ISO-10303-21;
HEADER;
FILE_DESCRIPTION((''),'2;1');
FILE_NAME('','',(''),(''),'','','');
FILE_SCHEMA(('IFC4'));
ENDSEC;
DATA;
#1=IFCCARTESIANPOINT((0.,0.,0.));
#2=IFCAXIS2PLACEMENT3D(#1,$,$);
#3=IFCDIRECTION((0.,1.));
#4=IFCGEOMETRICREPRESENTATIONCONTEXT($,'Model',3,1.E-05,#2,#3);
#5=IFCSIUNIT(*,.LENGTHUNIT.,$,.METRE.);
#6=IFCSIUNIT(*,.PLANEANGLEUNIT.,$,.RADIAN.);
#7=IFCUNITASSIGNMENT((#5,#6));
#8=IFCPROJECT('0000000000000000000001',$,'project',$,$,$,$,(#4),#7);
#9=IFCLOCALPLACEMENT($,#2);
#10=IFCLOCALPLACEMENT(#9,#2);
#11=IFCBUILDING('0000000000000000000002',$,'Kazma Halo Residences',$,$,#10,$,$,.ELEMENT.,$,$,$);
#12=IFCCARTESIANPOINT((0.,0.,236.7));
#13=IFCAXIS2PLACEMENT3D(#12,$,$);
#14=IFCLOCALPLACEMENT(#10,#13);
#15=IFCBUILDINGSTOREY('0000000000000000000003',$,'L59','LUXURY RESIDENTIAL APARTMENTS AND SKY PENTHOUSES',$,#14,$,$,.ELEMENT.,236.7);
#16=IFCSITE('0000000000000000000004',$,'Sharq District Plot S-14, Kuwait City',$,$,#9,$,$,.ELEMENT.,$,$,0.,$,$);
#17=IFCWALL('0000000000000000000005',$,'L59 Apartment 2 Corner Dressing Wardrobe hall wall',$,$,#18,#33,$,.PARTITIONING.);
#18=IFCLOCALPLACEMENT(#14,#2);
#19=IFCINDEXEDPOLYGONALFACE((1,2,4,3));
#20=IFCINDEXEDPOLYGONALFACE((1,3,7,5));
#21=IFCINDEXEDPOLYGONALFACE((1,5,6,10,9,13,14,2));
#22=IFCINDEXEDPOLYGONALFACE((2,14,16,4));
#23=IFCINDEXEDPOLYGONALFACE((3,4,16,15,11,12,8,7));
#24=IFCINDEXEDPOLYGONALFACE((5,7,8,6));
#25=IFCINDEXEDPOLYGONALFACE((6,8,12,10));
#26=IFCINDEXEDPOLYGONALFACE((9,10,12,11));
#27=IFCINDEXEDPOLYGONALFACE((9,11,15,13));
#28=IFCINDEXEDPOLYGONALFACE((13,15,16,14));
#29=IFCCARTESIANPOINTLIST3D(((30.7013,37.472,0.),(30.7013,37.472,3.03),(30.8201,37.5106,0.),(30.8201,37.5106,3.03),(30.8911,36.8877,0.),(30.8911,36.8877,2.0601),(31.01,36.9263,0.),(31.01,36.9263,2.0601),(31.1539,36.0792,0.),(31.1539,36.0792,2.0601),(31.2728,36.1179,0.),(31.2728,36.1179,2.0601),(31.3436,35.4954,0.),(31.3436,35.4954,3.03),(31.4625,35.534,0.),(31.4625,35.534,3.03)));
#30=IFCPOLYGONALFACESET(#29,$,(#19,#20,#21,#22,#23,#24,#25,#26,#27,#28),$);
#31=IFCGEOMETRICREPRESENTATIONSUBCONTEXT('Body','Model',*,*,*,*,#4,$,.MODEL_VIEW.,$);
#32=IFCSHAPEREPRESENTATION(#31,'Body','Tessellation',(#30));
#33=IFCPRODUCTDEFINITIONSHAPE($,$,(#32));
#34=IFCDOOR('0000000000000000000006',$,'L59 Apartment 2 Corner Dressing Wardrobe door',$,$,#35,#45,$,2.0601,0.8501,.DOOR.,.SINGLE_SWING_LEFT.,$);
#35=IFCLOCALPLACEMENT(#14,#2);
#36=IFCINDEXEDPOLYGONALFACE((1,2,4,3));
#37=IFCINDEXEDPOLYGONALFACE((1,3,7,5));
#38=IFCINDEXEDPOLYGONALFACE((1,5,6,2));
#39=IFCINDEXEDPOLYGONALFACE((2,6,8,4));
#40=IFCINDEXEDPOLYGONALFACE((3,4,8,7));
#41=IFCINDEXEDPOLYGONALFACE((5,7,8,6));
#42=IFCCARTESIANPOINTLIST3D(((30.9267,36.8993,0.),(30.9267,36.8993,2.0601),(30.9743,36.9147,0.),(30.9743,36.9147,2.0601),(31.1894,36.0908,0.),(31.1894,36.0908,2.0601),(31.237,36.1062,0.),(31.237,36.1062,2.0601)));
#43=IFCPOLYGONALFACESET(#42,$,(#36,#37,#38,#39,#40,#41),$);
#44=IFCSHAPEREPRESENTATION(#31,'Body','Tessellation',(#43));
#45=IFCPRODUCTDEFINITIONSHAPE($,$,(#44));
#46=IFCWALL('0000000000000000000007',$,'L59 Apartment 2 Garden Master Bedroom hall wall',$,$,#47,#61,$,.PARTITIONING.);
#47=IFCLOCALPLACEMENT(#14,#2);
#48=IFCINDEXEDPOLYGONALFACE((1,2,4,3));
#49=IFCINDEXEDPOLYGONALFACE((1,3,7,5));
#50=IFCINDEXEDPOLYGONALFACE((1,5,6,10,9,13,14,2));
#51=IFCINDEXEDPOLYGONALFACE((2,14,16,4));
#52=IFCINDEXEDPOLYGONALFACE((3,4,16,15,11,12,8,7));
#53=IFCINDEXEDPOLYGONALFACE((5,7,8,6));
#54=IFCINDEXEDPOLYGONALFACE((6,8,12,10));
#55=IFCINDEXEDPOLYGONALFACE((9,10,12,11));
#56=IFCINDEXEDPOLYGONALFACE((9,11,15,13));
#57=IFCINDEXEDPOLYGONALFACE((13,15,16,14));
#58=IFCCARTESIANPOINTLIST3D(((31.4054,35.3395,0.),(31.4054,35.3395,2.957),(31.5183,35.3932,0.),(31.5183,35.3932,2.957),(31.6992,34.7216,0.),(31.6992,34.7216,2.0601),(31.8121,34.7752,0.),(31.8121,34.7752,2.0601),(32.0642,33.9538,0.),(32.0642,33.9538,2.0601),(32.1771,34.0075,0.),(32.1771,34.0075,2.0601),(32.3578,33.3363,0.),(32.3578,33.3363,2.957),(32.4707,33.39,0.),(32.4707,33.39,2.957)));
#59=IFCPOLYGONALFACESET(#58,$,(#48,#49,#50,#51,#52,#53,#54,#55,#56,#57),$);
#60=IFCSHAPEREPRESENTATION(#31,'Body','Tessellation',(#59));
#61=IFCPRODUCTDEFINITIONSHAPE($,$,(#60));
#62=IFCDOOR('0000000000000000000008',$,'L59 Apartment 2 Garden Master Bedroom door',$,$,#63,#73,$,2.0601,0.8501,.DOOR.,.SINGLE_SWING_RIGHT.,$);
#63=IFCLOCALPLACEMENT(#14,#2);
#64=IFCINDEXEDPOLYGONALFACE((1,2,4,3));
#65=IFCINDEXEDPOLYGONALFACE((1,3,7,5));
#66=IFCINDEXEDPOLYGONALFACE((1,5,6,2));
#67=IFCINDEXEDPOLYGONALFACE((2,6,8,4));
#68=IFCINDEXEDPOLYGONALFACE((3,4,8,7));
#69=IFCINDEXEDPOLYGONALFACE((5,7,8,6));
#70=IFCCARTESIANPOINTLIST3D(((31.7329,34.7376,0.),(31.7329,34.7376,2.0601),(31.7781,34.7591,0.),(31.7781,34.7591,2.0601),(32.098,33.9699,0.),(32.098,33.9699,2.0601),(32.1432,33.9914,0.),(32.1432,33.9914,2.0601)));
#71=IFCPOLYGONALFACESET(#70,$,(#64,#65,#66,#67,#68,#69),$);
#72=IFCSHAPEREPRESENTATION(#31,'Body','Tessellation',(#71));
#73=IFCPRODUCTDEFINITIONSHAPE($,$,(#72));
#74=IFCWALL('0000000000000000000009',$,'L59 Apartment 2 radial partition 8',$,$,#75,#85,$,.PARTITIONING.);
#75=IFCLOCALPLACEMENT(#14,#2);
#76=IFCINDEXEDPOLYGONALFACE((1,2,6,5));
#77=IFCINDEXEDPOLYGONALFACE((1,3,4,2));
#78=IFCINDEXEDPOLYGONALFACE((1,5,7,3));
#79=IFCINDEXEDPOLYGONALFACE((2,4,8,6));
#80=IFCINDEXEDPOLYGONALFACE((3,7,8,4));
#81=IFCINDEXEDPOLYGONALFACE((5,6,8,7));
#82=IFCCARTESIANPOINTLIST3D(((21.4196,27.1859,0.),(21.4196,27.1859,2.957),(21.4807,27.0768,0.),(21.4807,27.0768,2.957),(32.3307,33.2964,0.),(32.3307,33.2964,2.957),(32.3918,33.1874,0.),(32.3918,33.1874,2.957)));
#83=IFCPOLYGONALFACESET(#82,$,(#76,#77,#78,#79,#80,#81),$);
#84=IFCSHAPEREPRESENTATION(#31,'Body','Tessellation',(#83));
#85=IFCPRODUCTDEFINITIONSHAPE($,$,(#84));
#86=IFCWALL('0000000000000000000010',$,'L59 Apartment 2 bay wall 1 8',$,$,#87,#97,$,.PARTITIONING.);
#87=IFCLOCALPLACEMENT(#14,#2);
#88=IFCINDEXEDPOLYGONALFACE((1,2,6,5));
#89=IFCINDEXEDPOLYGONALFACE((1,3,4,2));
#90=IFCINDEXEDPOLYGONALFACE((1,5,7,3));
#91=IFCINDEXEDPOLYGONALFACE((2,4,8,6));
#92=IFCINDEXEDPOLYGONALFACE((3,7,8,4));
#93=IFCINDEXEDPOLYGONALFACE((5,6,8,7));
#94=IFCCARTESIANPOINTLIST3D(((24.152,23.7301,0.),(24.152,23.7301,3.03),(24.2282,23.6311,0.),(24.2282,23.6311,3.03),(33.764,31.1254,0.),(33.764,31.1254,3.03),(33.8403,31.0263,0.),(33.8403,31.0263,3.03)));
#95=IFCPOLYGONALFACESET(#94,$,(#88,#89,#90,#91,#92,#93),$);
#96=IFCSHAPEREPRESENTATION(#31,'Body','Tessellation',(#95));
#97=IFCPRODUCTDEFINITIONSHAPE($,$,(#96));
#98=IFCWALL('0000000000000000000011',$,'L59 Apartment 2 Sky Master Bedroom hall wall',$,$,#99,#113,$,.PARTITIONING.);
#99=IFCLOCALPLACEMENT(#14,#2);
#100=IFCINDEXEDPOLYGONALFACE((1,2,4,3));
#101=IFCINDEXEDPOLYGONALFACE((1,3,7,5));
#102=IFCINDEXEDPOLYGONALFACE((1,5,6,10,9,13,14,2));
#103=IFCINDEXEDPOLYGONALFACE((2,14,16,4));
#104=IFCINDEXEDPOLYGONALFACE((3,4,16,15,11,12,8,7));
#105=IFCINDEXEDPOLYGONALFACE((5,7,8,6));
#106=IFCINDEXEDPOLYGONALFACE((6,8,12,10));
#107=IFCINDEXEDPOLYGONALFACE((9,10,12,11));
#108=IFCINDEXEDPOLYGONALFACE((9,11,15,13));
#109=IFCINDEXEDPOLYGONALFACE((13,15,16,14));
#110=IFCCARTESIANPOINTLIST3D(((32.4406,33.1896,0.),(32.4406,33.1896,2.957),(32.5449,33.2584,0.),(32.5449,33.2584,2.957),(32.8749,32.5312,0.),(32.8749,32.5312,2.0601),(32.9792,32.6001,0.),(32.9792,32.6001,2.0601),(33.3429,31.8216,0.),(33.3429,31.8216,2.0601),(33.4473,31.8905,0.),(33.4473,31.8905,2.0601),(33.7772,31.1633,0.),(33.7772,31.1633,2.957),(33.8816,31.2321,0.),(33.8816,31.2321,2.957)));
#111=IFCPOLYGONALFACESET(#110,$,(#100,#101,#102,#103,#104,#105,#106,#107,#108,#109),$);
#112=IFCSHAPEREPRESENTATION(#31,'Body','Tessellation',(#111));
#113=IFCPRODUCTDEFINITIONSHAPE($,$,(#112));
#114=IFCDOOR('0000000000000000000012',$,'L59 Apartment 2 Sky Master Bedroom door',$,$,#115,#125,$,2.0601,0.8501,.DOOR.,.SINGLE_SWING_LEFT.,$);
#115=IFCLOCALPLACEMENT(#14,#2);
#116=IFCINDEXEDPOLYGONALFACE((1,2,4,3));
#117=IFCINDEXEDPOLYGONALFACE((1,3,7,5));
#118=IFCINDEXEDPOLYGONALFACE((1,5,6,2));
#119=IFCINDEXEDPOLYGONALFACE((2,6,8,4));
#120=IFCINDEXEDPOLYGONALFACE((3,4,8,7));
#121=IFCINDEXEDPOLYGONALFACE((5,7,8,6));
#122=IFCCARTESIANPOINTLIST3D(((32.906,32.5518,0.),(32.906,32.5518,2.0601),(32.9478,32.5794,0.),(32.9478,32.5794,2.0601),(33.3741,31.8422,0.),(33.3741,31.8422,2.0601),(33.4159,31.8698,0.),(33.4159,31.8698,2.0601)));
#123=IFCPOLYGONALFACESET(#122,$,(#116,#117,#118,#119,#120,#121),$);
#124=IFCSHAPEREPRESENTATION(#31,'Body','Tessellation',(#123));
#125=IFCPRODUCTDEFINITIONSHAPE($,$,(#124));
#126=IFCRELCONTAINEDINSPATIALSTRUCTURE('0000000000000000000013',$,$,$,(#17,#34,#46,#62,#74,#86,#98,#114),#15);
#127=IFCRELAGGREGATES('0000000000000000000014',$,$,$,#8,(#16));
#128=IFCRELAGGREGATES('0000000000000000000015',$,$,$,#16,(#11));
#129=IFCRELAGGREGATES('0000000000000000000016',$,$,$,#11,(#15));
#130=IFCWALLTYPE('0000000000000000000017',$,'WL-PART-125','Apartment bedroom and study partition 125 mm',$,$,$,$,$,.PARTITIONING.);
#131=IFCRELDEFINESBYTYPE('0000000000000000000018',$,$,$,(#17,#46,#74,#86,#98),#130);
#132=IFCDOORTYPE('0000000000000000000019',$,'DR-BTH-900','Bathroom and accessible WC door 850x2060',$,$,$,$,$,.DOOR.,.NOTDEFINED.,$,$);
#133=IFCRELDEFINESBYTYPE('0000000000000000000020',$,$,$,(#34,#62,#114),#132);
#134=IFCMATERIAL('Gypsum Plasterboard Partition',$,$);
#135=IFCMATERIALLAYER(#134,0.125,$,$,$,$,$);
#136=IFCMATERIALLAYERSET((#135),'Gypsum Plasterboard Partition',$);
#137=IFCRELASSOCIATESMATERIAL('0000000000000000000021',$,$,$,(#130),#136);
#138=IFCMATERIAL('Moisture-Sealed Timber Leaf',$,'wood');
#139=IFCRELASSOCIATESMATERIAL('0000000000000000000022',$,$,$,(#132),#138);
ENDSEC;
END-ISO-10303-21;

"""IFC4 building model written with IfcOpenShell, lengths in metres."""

from ifc_helpers import new_model, si_unit, direction, frame, frame_2d, origin, place, context, subcontext, project, spatial, rectangle, extrude, material, layer, layer_set, type_object, element, fill, save


model = new_model("IFC4")

# Units and contexts
model_context = context("Model", 3, precision=1e-05, world=origin(), true_north=direction((0.0, 1.0)))
body_context = subcontext(model_context, "Body", "Model", "MODEL_VIEW")
ifc_project = project(units=[si_unit("LENGTHUNIT", "METRE"), si_unit("PLANEANGLEUNIT", "RADIAN")], contexts=[model_context])

# Site, building, storey
site_placement = place(None, origin())
site = spatial("IfcSite", under=ifc_project, at=site_placement, Name="Sharq District Plot S-14, Kuwait City", CompositionType="ELEMENT", RefElevation=0.0)
building_placement = place(site_placement, origin())
building = spatial("IfcBuilding", under=site, at=building_placement, Name="Kazma Halo Residences", CompositionType="ELEMENT")
storey_placement = place(building_placement, frame((0.0, 0.0, 236.7)))
storey = spatial("IfcBuildingStorey", under=building, at=storey_placement, Name="L59", Description="LUXURY RESIDENTIAL APARTMENTS AND SKY PENTHOUSES", CompositionType="ELEMENT", Elevation=236.7)

# Shared definitions
ifc_material_1 = material(Name="Gypsum Plasterboard Partition")
ifc_layer_1 = layer(ifc_material_1, 0.125)
ifc_layer_set_1 = layer_set([ifc_layer_1], Name="Gypsum Plasterboard Partition")
wall_type_1 = type_object("IfcWallType", Name="WL-PART-125", Description="Apartment bedroom and study partition 125 mm", PredefinedType="PARTITIONING", material=ifc_layer_set_1)

# Walls, openings, doors
ifc_material_2 = material(Name="Moisture-Sealed Timber Leaf", Category="wood")
door_type = type_object("IfcDoorType", Name="DR-BTH-900", Description="Bathroom and accessible WC door 850x2060", OperationType="NOTDEFINED", PredefinedType="DOOR", material=ifc_material_2)
wall_1_placement = place(storey_placement, frame((30.7607, 37.4912, 0.0), z_axis=(0.0, 0.0, 1.0), x_axis=(0.309065, -0.951041, 0.0)))
wall_1 = element("IfcWall", 1, at=wall_1_placement, inside=storey, type_object=wall_type_1, Name="L59 Apartment 2 Corner Dressing Wardrobe hall wall", PredefinedType="PARTITIONING", context=body_context, shape_type="SweptSolid", body=[
    extrude(rectangle(XDim=2.0784, YDim=0.125, at=frame_2d((1.0391, 0.0))), origin(), (0.0, 0.0, 1.0), 3.03),
])
opening_1_placement = place(wall_1_placement, frame((0.6143, 0.0, 0.0)))
opening_1 = element("IfcOpeningElement", 2, at=opening_1_placement, cuts=wall_1, PredefinedType="OPENING", context=body_context, shape_type="SweptSolid", body=[
    extrude(rectangle(XDim=0.8501, YDim=2.0601, at=frame_2d((0.425, 1.03))), frame((0.0, 0.0725, 0.0), z_axis=(0.0, -1.0, 0.0), x_axis=(1.0, 0.0, 0.0)), (0.0, 0.0, 1.0), 0.145),
])
door_1_placement = place(opening_1_placement, origin())
door_1 = element("IfcDoor", 3, at=door_1_placement, inside=storey, type_object=door_type, Name="L59 Apartment 2 Corner Dressing Wardrobe door", OperationType="SINGLE_SWING_LEFT", OverallHeight=2.0601, OverallWidth=0.8501, PredefinedType="DOOR", context=body_context, shape_type="SweptSolid", body=[
    extrude(rectangle(XDim=0.8501, YDim=2.0601, at=frame_2d((0.425, 1.03))), frame((0.0, 0.0249, 0.0), z_axis=(0.0, -1.0, 0.0), x_axis=(1.0, 0.0, 0.0)), (0.0, 0.0, 1.0), 0.05),
])
fill(opening_1, door_1)
wall_2_placement = place(storey_placement, frame((31.4619, 35.3662, 0.0), z_axis=(0.0, 0.0, 1.0), x_axis=(0.429382, -0.903123, 0.0)))
wall_2 = element("IfcWall", 4, at=wall_2_placement, inside=storey, type_object=wall_type_1, Name="L59 Apartment 2 Garden Master Bedroom hall wall", PredefinedType="PARTITIONING", context=body_context, shape_type="SweptSolid", body=[
    extrude(rectangle(XDim=2.218, YDim=0.125, at=frame_2d((1.1089, 0.0))), origin(), (0.0, 0.0, 1.0), 2.957),
])
opening_2_placement = place(wall_2_placement, frame((0.6841, 0.0, 0.0)))
opening_2 = element("IfcOpeningElement", 5, at=opening_2_placement, cuts=wall_2, PredefinedType="OPENING", context=body_context, shape_type="SweptSolid", body=[
    extrude(rectangle(XDim=0.8501, YDim=2.0601, at=frame_2d((0.425, 1.03))), frame((0.0, 0.0725, 0.0), z_axis=(0.0, -1.0, 0.0), x_axis=(1.0, 0.0, 0.0)), (0.0, 0.0, 1.0), 0.145),
])
door_2_placement = place(opening_2_placement, origin())
door_2 = element("IfcDoor", 6, at=door_2_placement, inside=storey, type_object=door_type, Name="L59 Apartment 2 Garden Master Bedroom door", OperationType="SINGLE_SWING_RIGHT", OverallHeight=2.0601, OverallWidth=0.8501, PredefinedType="DOOR", context=body_context, shape_type="SweptSolid", body=[
    extrude(rectangle(XDim=0.8501, YDim=2.0601, at=frame_2d((0.425, 1.03))), frame((0.0, 0.0249, 0.0), z_axis=(0.0, -1.0, 0.0), x_axis=(1.0, 0.0, 0.0)), (0.0, 0.0, 1.0), 0.05),
])
fill(opening_2, door_2)

# Walls
wall_3_placement = place(storey_placement, frame((32.3613, 33.2419, 0.0), z_axis=(0.0, 0.0, 1.0), x_axis=(-0.872494, -0.488625, 0.0)))
element("IfcWall", 7, at=wall_3_placement, inside=storey, type_object=wall_type_1, Name="L59 Apartment 2 radial partition 8", PredefinedType="PARTITIONING", context=body_context, shape_type="SweptSolid", body=[
    extrude(rectangle(XDim=12.5056, YDim=0.125, at=frame_2d((6.2529, 0.0))), origin(), (0.0, 0.0, 1.0), 2.957),
])
wall_4_placement = place(storey_placement, frame((33.8022, 31.0759, 0.0), z_axis=(0.0, 0.0, 1.0), x_axis=(-0.792569, -0.609782, 0.0)))
element("IfcWall", 8, at=wall_4_placement, inside=storey, type_object=wall_type_1, Name="L59 Apartment 2 bay wall 1 8", PredefinedType="PARTITIONING", context=body_context, shape_type="SweptSolid", body=[
    extrude(rectangle(XDim=12.1277, YDim=0.125, at=frame_2d((6.064, 0.0))), origin(), (0.0, 0.0, 1.0), 3.03),
])

# Wall, opening, door
wall_5_placement = place(storey_placement, frame((32.4927, 33.2241, 0.0), z_axis=(0.0, 0.0, 1.0), x_axis=(0.550632, -0.834748, 0.0)))
wall_5 = element("IfcWall", 9, at=wall_5_placement, inside=storey, type_object=wall_type_1, Name="L59 Apartment 2 Sky Master Bedroom hall wall", PredefinedType="PARTITIONING", context=body_context, shape_type="SweptSolid", body=[
    extrude(rectangle(XDim=2.4275, YDim=0.125, at=frame_2d((1.2139, 0.0))), origin(), (0.0, 0.0, 1.0), 2.957),
])
opening_3_placement = place(wall_5_placement, frame((0.7888, 0.0, 0.0)))
opening_3 = element("IfcOpeningElement", 10, at=opening_3_placement, cuts=wall_5, PredefinedType="OPENING", context=body_context, shape_type="SweptSolid", body=[
    extrude(rectangle(XDim=0.8501, YDim=2.0601, at=frame_2d((0.425, 1.03))), frame((0.0, 0.0725, 0.0), z_axis=(0.0, -1.0, 0.0), x_axis=(1.0, 0.0, 0.0)), (0.0, 0.0, 1.0), 0.145),
])
door_3_placement = place(opening_3_placement, origin())
door_3 = element("IfcDoor", 11, at=door_3_placement, inside=storey, type_object=door_type, Name="L59 Apartment 2 Sky Master Bedroom door", OperationType="SINGLE_SWING_LEFT", OverallHeight=2.0601, OverallWidth=0.8501, PredefinedType="DOOR", context=body_context, shape_type="SweptSolid", body=[
    extrude(rectangle(XDim=0.8501, YDim=2.0601, at=frame_2d((0.425, 1.03))), frame((0.0, 0.0249, 0.0), z_axis=(0.0, -1.0, 0.0), x_axis=(1.0, 0.0, 0.0)), (0.0, 0.0, 1.0), 0.05),
])
fill(opening_3, door_3)

save(model, "model.ifc")
